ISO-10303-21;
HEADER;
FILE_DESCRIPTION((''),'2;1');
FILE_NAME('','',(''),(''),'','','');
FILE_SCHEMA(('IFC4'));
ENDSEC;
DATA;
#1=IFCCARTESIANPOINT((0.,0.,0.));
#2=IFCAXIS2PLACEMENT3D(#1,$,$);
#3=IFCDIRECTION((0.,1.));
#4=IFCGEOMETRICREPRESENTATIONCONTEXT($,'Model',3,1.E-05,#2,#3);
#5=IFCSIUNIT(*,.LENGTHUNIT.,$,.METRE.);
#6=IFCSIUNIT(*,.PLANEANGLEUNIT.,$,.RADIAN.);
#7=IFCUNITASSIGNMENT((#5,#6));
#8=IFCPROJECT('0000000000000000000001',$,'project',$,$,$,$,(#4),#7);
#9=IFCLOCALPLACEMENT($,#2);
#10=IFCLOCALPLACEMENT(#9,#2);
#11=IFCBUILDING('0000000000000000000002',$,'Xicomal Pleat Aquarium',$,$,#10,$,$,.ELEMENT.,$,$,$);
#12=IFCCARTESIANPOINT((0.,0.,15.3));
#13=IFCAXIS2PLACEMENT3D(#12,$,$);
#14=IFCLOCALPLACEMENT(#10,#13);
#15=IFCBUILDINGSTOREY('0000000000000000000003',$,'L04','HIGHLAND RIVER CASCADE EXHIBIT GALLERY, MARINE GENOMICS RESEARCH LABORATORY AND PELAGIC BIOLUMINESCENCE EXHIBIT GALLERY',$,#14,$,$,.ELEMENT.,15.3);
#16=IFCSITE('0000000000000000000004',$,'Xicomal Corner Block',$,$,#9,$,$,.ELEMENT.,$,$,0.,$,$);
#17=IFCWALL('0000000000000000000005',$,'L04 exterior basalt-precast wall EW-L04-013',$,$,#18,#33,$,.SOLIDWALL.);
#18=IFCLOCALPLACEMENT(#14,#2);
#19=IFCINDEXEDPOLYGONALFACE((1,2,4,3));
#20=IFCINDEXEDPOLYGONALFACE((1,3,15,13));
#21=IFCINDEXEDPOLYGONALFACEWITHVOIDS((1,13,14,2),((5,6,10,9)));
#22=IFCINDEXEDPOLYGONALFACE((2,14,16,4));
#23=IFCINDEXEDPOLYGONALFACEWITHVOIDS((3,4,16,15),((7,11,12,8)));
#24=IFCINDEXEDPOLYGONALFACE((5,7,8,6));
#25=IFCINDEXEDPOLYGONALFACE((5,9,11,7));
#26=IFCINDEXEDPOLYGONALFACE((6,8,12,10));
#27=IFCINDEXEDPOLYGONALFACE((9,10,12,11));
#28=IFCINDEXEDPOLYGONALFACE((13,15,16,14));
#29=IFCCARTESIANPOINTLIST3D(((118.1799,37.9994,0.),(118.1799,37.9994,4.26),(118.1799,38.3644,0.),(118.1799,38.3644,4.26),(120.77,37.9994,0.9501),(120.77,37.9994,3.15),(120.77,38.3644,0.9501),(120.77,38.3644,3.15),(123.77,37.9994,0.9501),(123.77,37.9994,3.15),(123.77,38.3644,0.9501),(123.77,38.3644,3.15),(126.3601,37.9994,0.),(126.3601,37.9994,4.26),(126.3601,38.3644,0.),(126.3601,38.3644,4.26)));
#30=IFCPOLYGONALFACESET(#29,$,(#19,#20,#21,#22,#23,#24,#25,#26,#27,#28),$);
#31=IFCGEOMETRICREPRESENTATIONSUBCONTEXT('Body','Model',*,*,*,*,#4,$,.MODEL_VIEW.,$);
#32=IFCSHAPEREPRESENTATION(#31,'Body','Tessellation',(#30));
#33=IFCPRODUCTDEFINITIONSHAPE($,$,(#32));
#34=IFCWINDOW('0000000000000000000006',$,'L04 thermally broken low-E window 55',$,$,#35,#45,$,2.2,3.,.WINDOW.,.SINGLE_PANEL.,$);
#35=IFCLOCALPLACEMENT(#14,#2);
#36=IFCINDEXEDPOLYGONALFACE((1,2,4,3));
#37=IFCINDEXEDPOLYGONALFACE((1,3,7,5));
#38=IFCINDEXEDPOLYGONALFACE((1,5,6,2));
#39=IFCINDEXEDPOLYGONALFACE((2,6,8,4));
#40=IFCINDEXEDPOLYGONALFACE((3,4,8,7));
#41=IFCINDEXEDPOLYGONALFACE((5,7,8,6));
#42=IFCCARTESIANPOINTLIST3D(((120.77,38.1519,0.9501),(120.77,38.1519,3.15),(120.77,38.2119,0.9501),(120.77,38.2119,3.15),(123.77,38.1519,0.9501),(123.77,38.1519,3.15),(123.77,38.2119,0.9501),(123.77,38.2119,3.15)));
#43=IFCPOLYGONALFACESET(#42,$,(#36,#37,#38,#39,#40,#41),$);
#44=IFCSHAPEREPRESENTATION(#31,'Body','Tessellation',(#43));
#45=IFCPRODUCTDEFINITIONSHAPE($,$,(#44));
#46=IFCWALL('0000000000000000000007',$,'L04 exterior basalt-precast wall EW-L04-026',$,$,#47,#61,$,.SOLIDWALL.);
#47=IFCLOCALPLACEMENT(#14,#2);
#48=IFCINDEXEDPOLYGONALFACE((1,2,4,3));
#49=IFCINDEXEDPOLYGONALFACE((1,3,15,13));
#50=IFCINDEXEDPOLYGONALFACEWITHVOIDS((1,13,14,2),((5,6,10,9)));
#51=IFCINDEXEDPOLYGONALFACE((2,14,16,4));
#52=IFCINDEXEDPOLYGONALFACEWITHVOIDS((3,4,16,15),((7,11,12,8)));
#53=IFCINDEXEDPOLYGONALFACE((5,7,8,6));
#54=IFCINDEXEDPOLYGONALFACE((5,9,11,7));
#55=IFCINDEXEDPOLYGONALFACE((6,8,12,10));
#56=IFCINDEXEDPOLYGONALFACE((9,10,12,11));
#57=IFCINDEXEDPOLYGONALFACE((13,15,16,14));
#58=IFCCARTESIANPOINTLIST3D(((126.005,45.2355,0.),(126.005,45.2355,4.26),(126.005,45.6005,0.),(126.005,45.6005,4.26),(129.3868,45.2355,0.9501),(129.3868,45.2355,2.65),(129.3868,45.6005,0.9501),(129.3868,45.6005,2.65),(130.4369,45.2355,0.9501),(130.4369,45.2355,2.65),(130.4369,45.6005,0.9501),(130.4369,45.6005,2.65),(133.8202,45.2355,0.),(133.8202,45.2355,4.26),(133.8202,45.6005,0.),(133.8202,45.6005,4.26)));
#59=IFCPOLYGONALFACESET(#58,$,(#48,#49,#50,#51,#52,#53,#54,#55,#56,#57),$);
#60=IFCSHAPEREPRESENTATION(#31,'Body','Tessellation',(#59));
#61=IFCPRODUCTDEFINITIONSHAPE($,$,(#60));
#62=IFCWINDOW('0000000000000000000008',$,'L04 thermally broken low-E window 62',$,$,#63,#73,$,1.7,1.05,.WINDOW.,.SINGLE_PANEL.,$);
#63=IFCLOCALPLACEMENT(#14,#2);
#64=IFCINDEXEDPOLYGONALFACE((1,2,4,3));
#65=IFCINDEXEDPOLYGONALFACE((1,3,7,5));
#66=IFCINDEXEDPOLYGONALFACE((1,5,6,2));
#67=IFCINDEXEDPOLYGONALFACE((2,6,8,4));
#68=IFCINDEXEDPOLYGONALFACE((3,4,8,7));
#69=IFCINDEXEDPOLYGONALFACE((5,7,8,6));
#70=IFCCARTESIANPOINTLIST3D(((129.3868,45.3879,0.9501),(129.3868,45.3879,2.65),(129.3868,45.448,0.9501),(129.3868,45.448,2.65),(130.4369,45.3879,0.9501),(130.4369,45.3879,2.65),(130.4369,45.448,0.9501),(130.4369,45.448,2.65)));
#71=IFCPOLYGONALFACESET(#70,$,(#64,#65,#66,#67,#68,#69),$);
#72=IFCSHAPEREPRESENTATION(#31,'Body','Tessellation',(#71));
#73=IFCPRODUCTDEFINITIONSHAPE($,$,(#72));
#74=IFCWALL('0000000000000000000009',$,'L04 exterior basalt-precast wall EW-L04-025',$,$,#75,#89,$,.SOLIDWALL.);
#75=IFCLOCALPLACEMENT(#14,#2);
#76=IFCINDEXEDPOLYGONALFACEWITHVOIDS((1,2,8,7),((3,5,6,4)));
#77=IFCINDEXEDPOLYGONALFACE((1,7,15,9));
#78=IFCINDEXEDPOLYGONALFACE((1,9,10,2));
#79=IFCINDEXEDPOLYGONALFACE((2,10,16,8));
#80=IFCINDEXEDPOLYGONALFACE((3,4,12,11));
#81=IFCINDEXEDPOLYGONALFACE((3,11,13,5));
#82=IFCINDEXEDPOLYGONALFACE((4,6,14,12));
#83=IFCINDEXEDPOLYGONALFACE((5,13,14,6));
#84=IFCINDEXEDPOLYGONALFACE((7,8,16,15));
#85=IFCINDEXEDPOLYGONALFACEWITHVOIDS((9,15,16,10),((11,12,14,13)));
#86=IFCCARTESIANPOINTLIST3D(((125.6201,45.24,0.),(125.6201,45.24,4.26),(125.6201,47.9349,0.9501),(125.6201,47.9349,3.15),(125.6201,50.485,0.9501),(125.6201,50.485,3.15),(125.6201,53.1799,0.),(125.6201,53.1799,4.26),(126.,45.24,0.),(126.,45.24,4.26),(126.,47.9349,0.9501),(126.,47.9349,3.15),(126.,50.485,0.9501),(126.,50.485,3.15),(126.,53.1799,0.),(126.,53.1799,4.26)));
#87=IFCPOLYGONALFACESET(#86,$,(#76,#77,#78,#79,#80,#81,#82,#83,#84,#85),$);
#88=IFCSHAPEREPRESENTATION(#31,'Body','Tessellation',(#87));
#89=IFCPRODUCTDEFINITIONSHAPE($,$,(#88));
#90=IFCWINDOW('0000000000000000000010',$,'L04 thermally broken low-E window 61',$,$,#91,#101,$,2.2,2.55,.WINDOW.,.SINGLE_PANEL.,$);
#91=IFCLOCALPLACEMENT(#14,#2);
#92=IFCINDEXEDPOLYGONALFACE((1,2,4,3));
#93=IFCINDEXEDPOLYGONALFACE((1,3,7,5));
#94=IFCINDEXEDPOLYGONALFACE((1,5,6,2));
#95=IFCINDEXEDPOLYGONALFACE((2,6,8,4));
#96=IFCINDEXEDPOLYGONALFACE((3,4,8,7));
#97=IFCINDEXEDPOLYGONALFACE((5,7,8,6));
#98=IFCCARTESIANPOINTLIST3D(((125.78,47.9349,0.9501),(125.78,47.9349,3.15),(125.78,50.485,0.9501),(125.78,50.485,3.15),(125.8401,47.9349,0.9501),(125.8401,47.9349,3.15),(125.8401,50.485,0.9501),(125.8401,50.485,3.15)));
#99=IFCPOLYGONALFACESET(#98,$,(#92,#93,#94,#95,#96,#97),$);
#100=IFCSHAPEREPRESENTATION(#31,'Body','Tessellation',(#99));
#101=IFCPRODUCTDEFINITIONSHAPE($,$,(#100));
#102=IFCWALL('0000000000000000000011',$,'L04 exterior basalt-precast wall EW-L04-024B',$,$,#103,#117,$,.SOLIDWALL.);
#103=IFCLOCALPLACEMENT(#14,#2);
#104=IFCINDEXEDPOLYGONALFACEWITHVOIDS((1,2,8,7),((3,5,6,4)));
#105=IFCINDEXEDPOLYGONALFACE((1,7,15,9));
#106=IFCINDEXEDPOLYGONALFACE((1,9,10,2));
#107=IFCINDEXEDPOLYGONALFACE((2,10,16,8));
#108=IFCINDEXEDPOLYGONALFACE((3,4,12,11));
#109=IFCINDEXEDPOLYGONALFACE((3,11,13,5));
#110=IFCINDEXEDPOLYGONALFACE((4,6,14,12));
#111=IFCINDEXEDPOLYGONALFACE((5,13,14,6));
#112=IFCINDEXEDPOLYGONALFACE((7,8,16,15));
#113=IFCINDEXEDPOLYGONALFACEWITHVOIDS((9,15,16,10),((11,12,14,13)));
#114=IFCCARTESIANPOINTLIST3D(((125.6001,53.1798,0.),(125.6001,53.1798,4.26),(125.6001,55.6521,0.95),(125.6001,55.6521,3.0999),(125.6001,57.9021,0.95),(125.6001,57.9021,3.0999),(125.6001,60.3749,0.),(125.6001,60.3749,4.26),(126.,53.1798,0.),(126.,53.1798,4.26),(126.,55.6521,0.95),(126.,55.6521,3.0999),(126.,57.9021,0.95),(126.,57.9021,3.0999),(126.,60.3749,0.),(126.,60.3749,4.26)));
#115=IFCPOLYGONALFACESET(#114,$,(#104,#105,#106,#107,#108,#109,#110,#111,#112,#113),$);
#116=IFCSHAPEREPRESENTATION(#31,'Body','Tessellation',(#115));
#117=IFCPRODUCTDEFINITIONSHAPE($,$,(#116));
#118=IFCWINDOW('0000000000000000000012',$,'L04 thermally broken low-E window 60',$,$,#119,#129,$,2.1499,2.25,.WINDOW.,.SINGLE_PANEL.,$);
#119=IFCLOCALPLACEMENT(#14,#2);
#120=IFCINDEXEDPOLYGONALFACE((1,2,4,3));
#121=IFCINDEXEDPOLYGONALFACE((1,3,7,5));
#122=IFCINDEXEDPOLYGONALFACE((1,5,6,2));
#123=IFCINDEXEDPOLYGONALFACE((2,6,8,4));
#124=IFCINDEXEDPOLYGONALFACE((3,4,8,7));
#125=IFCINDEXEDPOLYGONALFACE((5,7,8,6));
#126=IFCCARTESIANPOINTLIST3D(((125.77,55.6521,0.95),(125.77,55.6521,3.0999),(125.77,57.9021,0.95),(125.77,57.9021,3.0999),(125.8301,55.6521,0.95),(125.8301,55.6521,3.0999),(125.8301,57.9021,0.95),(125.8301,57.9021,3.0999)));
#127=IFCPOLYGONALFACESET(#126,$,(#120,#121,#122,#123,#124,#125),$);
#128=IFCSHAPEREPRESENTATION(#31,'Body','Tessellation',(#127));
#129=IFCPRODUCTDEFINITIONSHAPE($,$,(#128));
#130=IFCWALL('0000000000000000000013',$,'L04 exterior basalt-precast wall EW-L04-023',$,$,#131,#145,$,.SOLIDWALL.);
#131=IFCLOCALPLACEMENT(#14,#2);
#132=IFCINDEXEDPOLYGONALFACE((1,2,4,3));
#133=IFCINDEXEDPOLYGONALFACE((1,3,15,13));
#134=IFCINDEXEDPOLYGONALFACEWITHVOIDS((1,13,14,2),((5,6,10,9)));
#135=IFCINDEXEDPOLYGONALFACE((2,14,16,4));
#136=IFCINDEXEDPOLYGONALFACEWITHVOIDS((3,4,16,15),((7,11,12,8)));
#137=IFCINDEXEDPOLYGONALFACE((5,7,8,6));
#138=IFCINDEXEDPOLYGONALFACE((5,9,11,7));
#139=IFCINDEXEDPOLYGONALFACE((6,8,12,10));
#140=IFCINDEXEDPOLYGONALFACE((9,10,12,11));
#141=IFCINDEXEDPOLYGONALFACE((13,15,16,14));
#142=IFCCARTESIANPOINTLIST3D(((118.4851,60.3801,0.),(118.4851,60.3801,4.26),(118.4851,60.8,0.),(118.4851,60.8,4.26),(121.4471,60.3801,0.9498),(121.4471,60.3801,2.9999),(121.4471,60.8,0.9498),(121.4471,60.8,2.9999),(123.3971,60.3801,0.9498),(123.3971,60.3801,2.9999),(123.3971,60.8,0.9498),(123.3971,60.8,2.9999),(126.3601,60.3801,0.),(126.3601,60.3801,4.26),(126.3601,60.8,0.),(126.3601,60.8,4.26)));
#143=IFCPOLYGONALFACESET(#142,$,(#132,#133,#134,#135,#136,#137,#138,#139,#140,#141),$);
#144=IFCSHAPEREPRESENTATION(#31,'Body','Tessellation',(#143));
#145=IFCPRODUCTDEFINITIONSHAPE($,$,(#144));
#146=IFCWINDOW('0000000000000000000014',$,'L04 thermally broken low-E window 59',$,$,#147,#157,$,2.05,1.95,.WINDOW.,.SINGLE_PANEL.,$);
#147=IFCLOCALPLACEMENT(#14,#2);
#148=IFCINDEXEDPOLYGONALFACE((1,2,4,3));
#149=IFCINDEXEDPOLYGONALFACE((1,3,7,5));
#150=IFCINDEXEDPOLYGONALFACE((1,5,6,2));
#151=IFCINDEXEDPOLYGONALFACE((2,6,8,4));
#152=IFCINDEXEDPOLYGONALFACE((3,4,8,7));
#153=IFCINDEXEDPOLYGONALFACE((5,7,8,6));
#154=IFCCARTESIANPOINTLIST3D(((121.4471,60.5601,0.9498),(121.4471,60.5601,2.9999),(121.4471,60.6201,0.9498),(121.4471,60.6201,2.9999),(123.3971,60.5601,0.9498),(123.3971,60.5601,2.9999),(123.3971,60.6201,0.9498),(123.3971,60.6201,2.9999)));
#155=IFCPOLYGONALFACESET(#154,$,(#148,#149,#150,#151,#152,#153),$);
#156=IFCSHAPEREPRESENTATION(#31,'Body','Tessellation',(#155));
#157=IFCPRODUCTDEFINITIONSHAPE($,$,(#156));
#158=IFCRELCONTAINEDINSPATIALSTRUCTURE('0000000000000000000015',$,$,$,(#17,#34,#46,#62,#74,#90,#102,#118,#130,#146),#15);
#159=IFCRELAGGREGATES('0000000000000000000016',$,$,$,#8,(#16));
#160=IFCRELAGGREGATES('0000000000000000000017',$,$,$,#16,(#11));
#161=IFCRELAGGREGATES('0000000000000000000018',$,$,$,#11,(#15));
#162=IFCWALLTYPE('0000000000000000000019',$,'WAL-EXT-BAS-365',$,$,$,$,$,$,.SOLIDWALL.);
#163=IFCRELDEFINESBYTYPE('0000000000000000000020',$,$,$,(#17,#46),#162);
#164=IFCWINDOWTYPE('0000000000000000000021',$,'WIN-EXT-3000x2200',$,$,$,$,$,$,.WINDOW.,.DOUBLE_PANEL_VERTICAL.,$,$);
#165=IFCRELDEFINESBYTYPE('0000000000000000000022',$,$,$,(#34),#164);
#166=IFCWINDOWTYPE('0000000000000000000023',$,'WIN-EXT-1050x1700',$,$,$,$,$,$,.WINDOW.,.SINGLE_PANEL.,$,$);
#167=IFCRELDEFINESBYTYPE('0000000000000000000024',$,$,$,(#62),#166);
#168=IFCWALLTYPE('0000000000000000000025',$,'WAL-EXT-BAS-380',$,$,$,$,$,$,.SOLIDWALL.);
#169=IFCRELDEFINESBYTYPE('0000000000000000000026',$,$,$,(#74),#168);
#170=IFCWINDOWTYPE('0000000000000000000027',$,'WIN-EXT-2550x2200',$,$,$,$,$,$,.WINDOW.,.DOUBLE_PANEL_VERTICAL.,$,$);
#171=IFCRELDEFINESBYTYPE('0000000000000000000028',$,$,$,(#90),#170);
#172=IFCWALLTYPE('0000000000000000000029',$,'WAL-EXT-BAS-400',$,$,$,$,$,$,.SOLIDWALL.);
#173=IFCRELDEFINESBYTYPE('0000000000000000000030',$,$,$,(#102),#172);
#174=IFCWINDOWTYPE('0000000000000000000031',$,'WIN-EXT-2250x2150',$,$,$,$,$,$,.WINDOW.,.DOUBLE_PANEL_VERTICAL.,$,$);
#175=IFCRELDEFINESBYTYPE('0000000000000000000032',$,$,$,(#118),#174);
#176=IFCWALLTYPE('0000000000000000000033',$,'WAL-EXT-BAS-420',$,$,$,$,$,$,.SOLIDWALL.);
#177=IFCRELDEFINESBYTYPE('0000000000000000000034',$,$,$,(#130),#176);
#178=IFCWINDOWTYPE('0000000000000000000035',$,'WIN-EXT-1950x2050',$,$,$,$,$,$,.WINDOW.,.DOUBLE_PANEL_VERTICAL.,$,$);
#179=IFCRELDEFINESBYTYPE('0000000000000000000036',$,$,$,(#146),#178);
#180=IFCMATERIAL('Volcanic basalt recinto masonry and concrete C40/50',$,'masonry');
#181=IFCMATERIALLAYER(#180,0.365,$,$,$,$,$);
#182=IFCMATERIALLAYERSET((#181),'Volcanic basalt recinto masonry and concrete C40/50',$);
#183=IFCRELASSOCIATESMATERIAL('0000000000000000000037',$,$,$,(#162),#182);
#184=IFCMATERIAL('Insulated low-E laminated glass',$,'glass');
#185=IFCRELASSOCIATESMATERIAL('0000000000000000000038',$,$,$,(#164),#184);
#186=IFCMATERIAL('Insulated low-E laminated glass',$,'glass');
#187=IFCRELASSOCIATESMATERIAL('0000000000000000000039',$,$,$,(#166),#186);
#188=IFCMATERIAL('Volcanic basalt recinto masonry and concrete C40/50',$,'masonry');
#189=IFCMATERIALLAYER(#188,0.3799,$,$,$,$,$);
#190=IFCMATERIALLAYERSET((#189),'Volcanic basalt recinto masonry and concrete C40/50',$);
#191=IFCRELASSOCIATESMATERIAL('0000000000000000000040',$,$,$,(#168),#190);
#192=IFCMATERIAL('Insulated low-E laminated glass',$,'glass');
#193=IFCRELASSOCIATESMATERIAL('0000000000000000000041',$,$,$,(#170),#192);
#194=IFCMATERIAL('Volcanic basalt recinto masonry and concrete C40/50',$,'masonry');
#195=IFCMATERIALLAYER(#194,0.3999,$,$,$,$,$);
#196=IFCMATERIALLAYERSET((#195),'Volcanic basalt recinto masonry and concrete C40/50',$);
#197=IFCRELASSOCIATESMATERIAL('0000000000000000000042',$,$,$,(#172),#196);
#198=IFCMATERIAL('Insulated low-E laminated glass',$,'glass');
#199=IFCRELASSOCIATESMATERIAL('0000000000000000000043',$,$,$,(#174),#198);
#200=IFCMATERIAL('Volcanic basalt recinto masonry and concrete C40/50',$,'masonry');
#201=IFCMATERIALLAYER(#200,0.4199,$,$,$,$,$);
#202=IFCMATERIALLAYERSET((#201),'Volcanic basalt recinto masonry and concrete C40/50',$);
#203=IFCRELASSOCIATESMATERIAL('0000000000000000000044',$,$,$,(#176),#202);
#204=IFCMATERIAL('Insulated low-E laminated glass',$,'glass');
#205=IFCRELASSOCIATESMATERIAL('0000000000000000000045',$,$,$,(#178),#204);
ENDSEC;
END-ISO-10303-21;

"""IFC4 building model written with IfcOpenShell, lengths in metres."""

from ifc_helpers import new_model, si_unit, direction, frame, frame_2d, origin, place, context, subcontext, project, spatial, rectangle, extrude, material, layer, layer_set, type_object, element, fill, save


model = new_model("IFC4")

# Units and contexts
model_context = context("Model", 3, precision=1e-05, world=origin(), true_north=direction((0.0, 1.0)))
body_context = subcontext(model_context, "Body", "Model", "MODEL_VIEW")
ifc_project = project(units=[si_unit("LENGTHUNIT", "METRE"), si_unit("PLANEANGLEUNIT", "RADIAN")], contexts=[model_context])

# Site, building, storey
site_placement = place(None, origin())
site = spatial("IfcSite", under=ifc_project, at=site_placement, Name="Xicomal Corner Block", CompositionType="ELEMENT", RefElevation=0.0)
building_placement = place(site_placement, origin())
building = spatial("IfcBuilding", under=site, at=building_placement, Name="Xicomal Pleat Aquarium", CompositionType="ELEMENT")
storey_placement = place(building_placement, frame((0.0, 0.0, 15.3)))
storey = spatial("IfcBuildingStorey", under=building, at=storey_placement, Name="L04", Description="HIGHLAND RIVER CASCADE EXHIBIT GALLERY, MARINE GENOMICS RESEARCH LABORATORY AND PELAGIC BIOLUMINESCENCE EXHIBIT GALLERY", CompositionType="ELEMENT", Elevation=15.3)

# Walls, openings, windows
ifc_material_1 = material(Name="Volcanic basalt recinto masonry and concrete C40/50", Category="masonry")
ifc_layer_1 = layer(ifc_material_1, 0.365)
ifc_layer_set_1 = layer_set([ifc_layer_1], Name="Volcanic basalt recinto masonry and concrete C40/50")
wall_type_1 = type_object("IfcWallType", Name="WAL-EXT-BAS-365", PredefinedType="SOLIDWALL", material=ifc_layer_set_1)
wall_1_placement = place(storey_placement, frame((126.3601, 38.1819, 0.0), z_axis=(0.0, 0.0, 1.0), x_axis=(-1.0, 0.0, 0.0)))
wall_1 = element("IfcWall", 1, at=wall_1_placement, inside=storey, type_object=wall_type_1, Name="L04 exterior basalt-precast wall EW-L04-013", PredefinedType="SOLIDWALL", context=body_context, shape_type="SweptSolid", body=[
    extrude(rectangle(XDim=8.1802, YDim=0.365, at=frame_2d((4.0901, 0.0))), origin(), (0.0, 0.0, 1.0), 4.26),
])
opening_1_placement = place(wall_1_placement, frame((2.5901, 0.0, 0.95)))
opening_1 = element("IfcOpeningElement", 2, at=opening_1_placement, cuts=wall_1, PredefinedType="OPENING", context=body_context, shape_type="SweptSolid", body=[
    extrude(rectangle(XDim=3.0, YDim=2.2, at=frame_2d((1.5, 1.1001))), frame((0.0, 0.1924, 0.0), z_axis=(0.0, -1.0, 0.0), x_axis=(1.0, 0.0, 0.0)), (0.0, 0.0, 1.0), 0.385),
])
ifc_material_2 = material(Name="Insulated low-E laminated glass", Category="glass")
window_type_1 = type_object("IfcWindowType", Name="WIN-EXT-3000x2200", PartitioningType="DOUBLE_PANEL_VERTICAL", PredefinedType="WINDOW", material=ifc_material_2)
window_1_placement = place(opening_1_placement, origin())
window_1 = element("IfcWindow", 3, at=window_1_placement, inside=storey, type_object=window_type_1, Name="L04 thermally broken low-E window 55", OverallHeight=2.2, OverallWidth=3.0, PartitioningType="SINGLE_PANEL", PredefinedType="WINDOW", context=body_context, shape_type="SweptSolid", body=[
    extrude(rectangle(XDim=3.0, YDim=2.2, at=frame_2d((1.5, 1.1001))), frame((0.0, 0.03, 0.0), z_axis=(0.0, -1.0, 0.0), x_axis=(1.0, 0.0, 0.0)), (0.0, 0.0, 1.0), 0.0601),
])
fill(opening_1, window_1)
wall_2_placement = place(storey_placement, frame((126.0049, 45.418, 0.0), z_axis=(0.0, 0.0, 1.0), x_axis=(1.0, 0.0, 0.0)))
wall_2 = element("IfcWall", 4, at=wall_2_placement, inside=storey, type_object=wall_type_1, Name="L04 exterior basalt-precast wall EW-L04-026", PredefinedType="SOLIDWALL", context=body_context, shape_type="SweptSolid", body=[
    extrude(rectangle(XDim=7.8152, YDim=0.365, at=frame_2d((3.9077, 0.0))), origin(), (0.0, 0.0, 1.0), 4.26),
])
opening_2_placement = place(wall_2_placement, frame((3.3821, 0.0, 0.95)))
opening_2 = element("IfcOpeningElement", 5, at=opening_2_placement, cuts=wall_2, PredefinedType="OPENING", context=body_context, shape_type="SweptSolid", body=[
    extrude(rectangle(XDim=1.05, YDim=1.7, at=frame_2d((0.5249, 0.8501))), frame((0.0, 0.1924, 0.0), z_axis=(0.0, -1.0, 0.0), x_axis=(1.0, 0.0, 0.0)), (0.0, 0.0, 1.0), 0.385),
])
ifc_material_3 = material(Name="Insulated low-E laminated glass", Category="glass")
window_type_2 = type_object("IfcWindowType", Name="WIN-EXT-1050x1700", PartitioningType="SINGLE_PANEL", PredefinedType="WINDOW", material=ifc_material_3)
window_2_placement = place(opening_2_placement, origin())
window_2 = element("IfcWindow", 6, at=window_2_placement, inside=storey, type_object=window_type_2, Name="L04 thermally broken low-E window 62", OverallHeight=1.7, OverallWidth=1.05, PartitioningType="SINGLE_PANEL", PredefinedType="WINDOW", context=body_context, shape_type="SweptSolid", body=[
    extrude(rectangle(XDim=1.05, YDim=1.7, at=frame_2d((0.5249, 0.8501))), frame((0.0, 0.03, 0.0), z_axis=(0.0, -1.0, 0.0), x_axis=(1.0, 0.0, 0.0)), (0.0, 0.0, 1.0), 0.0601),
])
fill(opening_2, window_2)
ifc_material_4 = material(Name="Volcanic basalt recinto masonry and concrete C40/50", Category="masonry")
ifc_layer_2 = layer(ifc_material_4, 0.3799)
ifc_layer_set_2 = layer_set([ifc_layer_2], Name="Volcanic basalt recinto masonry and concrete C40/50")
wall_type_2 = type_object("IfcWallType", Name="WAL-EXT-BAS-380", PredefinedType="SOLIDWALL", material=ifc_layer_set_2)
wall_3_placement = place(storey_placement, frame((125.8101, 53.1799, 0.0), z_axis=(0.0, 0.0, 1.0), x_axis=(0.0, -1.0, 0.0)))
wall_3 = element("IfcWall", 7, at=wall_3_placement, inside=storey, type_object=wall_type_2, Name="L04 exterior basalt-precast wall EW-L04-025", PredefinedType="SOLIDWALL", context=body_context, shape_type="SweptSolid", body=[
    extrude(rectangle(XDim=7.9399, YDim=0.3799, at=frame_2d((3.97, 0.0))), origin(), (0.0, 0.0, 1.0), 4.26),
])
opening_3_placement = place(wall_3_placement, frame((2.6951, 0.0, 0.95)))
opening_3 = element("IfcOpeningElement", 8, at=opening_3_placement, cuts=wall_3, PredefinedType="OPENING", context=body_context, shape_type="SweptSolid", body=[
    extrude(rectangle(XDim=2.55, YDim=2.2, at=frame_2d((1.2749, 1.1001))), frame((0.0, 0.2, 0.0), z_axis=(0.0, -1.0, 0.0), x_axis=(1.0, 0.0, 0.0)), (0.0, 0.0, 1.0), 0.3999),
])
ifc_material_5 = material(Name="Insulated low-E laminated glass", Category="glass")
window_type_3 = type_object("IfcWindowType", Name="WIN-EXT-2550x2200", PartitioningType="DOUBLE_PANEL_VERTICAL", PredefinedType="WINDOW", material=ifc_material_5)
window_3_placement = place(opening_3_placement, origin())
window_3 = element("IfcWindow", 9, at=window_3_placement, inside=storey, type_object=window_type_3, Name="L04 thermally broken low-E window 61", OverallHeight=2.2, OverallWidth=2.55, PartitioningType="SINGLE_PANEL", PredefinedType="WINDOW", context=body_context, shape_type="SweptSolid", body=[
    extrude(rectangle(XDim=2.55, YDim=2.2, at=frame_2d((1.2749, 1.1001))), frame((0.0, 0.03, 0.0), z_axis=(0.0, -1.0, 0.0), x_axis=(1.0, 0.0, 0.0)), (0.0, 0.0, 1.0), 0.0601),
])
fill(opening_3, window_3)
ifc_material_6 = material(Name="Volcanic basalt recinto masonry and concrete C40/50", Category="masonry")
ifc_layer_3 = layer(ifc_material_6, 0.3999)
ifc_layer_set_3 = layer_set([ifc_layer_3], Name="Volcanic basalt recinto masonry and concrete C40/50")
wall_type_3 = type_object("IfcWallType", Name="WAL-EXT-BAS-400", PredefinedType="SOLIDWALL", material=ifc_layer_set_3)
wall_4_placement = place(storey_placement, frame((125.8, 60.375, 0.0), z_axis=(0.0, 0.0, 1.0), x_axis=(0.0, -1.0, 0.0)))
wall_4 = element("IfcWall", 10, at=wall_4_placement, inside=storey, type_object=wall_type_3, Name="L04 exterior basalt-precast wall EW-L04-024B", PredefinedType="SOLIDWALL", context=body_context, shape_type="SweptSolid", body=[
    extrude(rectangle(XDim=7.1951, YDim=0.3999, at=frame_2d((3.5977, 0.0))), origin(), (0.0, 0.0, 1.0), 4.26),
])
opening_4_placement = place(wall_4_placement, frame((2.4729, 0.0, 0.95)))
opening_4 = element("IfcOpeningElement", 11, at=opening_4_placement, cuts=wall_4, PredefinedType="OPENING", context=body_context, shape_type="SweptSolid", body=[
    extrude(rectangle(XDim=2.25, YDim=2.1499, at=frame_2d((1.125, 1.075))), frame((0.0, 0.21, 0.0), z_axis=(0.0, -1.0, 0.0), x_axis=(1.0, 0.0, 0.0)), (0.0, 0.0, 1.0), 0.4199),
])
ifc_material_7 = material(Name="Insulated low-E laminated glass", Category="glass")
window_type_4 = type_object("IfcWindowType", Name="WIN-EXT-2250x2150", PartitioningType="DOUBLE_PANEL_VERTICAL", PredefinedType="WINDOW", material=ifc_material_7)
window_4_placement = place(opening_4_placement, origin())
window_4 = element("IfcWindow", 12, at=window_4_placement, inside=storey, type_object=window_type_4, Name="L04 thermally broken low-E window 60", OverallHeight=2.1499, OverallWidth=2.25, PartitioningType="SINGLE_PANEL", PredefinedType="WINDOW", context=body_context, shape_type="SweptSolid", body=[
    extrude(rectangle(XDim=2.25, YDim=2.1499, at=frame_2d((1.125, 1.075))), frame((0.0, 0.03, 0.0), z_axis=(0.0, -1.0, 0.0), x_axis=(1.0, 0.0, 0.0)), (0.0, 0.0, 1.0), 0.0601),
])
fill(opening_4, window_4)
ifc_material_8 = material(Name="Volcanic basalt recinto masonry and concrete C40/50", Category="masonry")
ifc_layer_4 = layer(ifc_material_8, 0.4199)
ifc_layer_set_4 = layer_set([ifc_layer_4], Name="Volcanic basalt recinto masonry and concrete C40/50")
wall_type_4 = type_object("IfcWallType", Name="WAL-EXT-BAS-420", PredefinedType="SOLIDWALL", material=ifc_layer_set_4)
wall_5_placement = place(storey_placement, frame((118.4851, 60.5901, 0.0), z_axis=(0.0, 0.0, 1.0), x_axis=(1.0, 0.0, 0.0)))
wall_5 = element("IfcWall", 13, at=wall_5_placement, inside=storey, type_object=wall_type_4, Name="L04 exterior basalt-precast wall EW-L04-023", PredefinedType="SOLIDWALL", context=body_context, shape_type="SweptSolid", body=[
    extrude(rectangle(XDim=7.875, YDim=0.4199, at=frame_2d((3.9375, 0.0))), origin(), (0.0, 0.0, 1.0), 4.26),
])
opening_5_placement = place(wall_5_placement, frame((2.9619, 0.0, 0.95)))
opening_5 = element("IfcOpeningElement", 14, at=opening_5_placement, cuts=wall_5, PredefinedType="OPENING", context=body_context, shape_type="SweptSolid", body=[
    extrude(rectangle(XDim=1.95, YDim=2.05, at=frame_2d((0.9751, 1.0249))), frame((0.0, 0.22, 0.0), z_axis=(0.0, -1.0, 0.0), x_axis=(1.0, 0.0, 0.0)), (0.0, 0.0, 1.0), 0.4399),
])
ifc_material_9 = material(Name="Insulated low-E laminated glass", Category="glass")
window_type_5 = type_object("IfcWindowType", Name="WIN-EXT-1950x2050", PartitioningType="DOUBLE_PANEL_VERTICAL", PredefinedType="WINDOW", material=ifc_material_9)
window_5_placement = place(opening_5_placement, origin())
window_5 = element("IfcWindow", 15, at=window_5_placement, inside=storey, type_object=window_type_5, Name="L04 thermally broken low-E window 59", OverallHeight=2.05, OverallWidth=1.95, PartitioningType="SINGLE_PANEL", PredefinedType="WINDOW", context=body_context, shape_type="SweptSolid", body=[
    extrude(rectangle(XDim=1.95, YDim=2.05, at=frame_2d((0.9751, 1.0249))), frame((0.0, 0.03, 0.0), z_axis=(0.0, -1.0, 0.0), x_axis=(1.0, 0.0, 0.0)), (0.0, 0.0, 1.0), 0.0601),
])
fill(opening_5, window_5)

save(model, "model.ifc")
